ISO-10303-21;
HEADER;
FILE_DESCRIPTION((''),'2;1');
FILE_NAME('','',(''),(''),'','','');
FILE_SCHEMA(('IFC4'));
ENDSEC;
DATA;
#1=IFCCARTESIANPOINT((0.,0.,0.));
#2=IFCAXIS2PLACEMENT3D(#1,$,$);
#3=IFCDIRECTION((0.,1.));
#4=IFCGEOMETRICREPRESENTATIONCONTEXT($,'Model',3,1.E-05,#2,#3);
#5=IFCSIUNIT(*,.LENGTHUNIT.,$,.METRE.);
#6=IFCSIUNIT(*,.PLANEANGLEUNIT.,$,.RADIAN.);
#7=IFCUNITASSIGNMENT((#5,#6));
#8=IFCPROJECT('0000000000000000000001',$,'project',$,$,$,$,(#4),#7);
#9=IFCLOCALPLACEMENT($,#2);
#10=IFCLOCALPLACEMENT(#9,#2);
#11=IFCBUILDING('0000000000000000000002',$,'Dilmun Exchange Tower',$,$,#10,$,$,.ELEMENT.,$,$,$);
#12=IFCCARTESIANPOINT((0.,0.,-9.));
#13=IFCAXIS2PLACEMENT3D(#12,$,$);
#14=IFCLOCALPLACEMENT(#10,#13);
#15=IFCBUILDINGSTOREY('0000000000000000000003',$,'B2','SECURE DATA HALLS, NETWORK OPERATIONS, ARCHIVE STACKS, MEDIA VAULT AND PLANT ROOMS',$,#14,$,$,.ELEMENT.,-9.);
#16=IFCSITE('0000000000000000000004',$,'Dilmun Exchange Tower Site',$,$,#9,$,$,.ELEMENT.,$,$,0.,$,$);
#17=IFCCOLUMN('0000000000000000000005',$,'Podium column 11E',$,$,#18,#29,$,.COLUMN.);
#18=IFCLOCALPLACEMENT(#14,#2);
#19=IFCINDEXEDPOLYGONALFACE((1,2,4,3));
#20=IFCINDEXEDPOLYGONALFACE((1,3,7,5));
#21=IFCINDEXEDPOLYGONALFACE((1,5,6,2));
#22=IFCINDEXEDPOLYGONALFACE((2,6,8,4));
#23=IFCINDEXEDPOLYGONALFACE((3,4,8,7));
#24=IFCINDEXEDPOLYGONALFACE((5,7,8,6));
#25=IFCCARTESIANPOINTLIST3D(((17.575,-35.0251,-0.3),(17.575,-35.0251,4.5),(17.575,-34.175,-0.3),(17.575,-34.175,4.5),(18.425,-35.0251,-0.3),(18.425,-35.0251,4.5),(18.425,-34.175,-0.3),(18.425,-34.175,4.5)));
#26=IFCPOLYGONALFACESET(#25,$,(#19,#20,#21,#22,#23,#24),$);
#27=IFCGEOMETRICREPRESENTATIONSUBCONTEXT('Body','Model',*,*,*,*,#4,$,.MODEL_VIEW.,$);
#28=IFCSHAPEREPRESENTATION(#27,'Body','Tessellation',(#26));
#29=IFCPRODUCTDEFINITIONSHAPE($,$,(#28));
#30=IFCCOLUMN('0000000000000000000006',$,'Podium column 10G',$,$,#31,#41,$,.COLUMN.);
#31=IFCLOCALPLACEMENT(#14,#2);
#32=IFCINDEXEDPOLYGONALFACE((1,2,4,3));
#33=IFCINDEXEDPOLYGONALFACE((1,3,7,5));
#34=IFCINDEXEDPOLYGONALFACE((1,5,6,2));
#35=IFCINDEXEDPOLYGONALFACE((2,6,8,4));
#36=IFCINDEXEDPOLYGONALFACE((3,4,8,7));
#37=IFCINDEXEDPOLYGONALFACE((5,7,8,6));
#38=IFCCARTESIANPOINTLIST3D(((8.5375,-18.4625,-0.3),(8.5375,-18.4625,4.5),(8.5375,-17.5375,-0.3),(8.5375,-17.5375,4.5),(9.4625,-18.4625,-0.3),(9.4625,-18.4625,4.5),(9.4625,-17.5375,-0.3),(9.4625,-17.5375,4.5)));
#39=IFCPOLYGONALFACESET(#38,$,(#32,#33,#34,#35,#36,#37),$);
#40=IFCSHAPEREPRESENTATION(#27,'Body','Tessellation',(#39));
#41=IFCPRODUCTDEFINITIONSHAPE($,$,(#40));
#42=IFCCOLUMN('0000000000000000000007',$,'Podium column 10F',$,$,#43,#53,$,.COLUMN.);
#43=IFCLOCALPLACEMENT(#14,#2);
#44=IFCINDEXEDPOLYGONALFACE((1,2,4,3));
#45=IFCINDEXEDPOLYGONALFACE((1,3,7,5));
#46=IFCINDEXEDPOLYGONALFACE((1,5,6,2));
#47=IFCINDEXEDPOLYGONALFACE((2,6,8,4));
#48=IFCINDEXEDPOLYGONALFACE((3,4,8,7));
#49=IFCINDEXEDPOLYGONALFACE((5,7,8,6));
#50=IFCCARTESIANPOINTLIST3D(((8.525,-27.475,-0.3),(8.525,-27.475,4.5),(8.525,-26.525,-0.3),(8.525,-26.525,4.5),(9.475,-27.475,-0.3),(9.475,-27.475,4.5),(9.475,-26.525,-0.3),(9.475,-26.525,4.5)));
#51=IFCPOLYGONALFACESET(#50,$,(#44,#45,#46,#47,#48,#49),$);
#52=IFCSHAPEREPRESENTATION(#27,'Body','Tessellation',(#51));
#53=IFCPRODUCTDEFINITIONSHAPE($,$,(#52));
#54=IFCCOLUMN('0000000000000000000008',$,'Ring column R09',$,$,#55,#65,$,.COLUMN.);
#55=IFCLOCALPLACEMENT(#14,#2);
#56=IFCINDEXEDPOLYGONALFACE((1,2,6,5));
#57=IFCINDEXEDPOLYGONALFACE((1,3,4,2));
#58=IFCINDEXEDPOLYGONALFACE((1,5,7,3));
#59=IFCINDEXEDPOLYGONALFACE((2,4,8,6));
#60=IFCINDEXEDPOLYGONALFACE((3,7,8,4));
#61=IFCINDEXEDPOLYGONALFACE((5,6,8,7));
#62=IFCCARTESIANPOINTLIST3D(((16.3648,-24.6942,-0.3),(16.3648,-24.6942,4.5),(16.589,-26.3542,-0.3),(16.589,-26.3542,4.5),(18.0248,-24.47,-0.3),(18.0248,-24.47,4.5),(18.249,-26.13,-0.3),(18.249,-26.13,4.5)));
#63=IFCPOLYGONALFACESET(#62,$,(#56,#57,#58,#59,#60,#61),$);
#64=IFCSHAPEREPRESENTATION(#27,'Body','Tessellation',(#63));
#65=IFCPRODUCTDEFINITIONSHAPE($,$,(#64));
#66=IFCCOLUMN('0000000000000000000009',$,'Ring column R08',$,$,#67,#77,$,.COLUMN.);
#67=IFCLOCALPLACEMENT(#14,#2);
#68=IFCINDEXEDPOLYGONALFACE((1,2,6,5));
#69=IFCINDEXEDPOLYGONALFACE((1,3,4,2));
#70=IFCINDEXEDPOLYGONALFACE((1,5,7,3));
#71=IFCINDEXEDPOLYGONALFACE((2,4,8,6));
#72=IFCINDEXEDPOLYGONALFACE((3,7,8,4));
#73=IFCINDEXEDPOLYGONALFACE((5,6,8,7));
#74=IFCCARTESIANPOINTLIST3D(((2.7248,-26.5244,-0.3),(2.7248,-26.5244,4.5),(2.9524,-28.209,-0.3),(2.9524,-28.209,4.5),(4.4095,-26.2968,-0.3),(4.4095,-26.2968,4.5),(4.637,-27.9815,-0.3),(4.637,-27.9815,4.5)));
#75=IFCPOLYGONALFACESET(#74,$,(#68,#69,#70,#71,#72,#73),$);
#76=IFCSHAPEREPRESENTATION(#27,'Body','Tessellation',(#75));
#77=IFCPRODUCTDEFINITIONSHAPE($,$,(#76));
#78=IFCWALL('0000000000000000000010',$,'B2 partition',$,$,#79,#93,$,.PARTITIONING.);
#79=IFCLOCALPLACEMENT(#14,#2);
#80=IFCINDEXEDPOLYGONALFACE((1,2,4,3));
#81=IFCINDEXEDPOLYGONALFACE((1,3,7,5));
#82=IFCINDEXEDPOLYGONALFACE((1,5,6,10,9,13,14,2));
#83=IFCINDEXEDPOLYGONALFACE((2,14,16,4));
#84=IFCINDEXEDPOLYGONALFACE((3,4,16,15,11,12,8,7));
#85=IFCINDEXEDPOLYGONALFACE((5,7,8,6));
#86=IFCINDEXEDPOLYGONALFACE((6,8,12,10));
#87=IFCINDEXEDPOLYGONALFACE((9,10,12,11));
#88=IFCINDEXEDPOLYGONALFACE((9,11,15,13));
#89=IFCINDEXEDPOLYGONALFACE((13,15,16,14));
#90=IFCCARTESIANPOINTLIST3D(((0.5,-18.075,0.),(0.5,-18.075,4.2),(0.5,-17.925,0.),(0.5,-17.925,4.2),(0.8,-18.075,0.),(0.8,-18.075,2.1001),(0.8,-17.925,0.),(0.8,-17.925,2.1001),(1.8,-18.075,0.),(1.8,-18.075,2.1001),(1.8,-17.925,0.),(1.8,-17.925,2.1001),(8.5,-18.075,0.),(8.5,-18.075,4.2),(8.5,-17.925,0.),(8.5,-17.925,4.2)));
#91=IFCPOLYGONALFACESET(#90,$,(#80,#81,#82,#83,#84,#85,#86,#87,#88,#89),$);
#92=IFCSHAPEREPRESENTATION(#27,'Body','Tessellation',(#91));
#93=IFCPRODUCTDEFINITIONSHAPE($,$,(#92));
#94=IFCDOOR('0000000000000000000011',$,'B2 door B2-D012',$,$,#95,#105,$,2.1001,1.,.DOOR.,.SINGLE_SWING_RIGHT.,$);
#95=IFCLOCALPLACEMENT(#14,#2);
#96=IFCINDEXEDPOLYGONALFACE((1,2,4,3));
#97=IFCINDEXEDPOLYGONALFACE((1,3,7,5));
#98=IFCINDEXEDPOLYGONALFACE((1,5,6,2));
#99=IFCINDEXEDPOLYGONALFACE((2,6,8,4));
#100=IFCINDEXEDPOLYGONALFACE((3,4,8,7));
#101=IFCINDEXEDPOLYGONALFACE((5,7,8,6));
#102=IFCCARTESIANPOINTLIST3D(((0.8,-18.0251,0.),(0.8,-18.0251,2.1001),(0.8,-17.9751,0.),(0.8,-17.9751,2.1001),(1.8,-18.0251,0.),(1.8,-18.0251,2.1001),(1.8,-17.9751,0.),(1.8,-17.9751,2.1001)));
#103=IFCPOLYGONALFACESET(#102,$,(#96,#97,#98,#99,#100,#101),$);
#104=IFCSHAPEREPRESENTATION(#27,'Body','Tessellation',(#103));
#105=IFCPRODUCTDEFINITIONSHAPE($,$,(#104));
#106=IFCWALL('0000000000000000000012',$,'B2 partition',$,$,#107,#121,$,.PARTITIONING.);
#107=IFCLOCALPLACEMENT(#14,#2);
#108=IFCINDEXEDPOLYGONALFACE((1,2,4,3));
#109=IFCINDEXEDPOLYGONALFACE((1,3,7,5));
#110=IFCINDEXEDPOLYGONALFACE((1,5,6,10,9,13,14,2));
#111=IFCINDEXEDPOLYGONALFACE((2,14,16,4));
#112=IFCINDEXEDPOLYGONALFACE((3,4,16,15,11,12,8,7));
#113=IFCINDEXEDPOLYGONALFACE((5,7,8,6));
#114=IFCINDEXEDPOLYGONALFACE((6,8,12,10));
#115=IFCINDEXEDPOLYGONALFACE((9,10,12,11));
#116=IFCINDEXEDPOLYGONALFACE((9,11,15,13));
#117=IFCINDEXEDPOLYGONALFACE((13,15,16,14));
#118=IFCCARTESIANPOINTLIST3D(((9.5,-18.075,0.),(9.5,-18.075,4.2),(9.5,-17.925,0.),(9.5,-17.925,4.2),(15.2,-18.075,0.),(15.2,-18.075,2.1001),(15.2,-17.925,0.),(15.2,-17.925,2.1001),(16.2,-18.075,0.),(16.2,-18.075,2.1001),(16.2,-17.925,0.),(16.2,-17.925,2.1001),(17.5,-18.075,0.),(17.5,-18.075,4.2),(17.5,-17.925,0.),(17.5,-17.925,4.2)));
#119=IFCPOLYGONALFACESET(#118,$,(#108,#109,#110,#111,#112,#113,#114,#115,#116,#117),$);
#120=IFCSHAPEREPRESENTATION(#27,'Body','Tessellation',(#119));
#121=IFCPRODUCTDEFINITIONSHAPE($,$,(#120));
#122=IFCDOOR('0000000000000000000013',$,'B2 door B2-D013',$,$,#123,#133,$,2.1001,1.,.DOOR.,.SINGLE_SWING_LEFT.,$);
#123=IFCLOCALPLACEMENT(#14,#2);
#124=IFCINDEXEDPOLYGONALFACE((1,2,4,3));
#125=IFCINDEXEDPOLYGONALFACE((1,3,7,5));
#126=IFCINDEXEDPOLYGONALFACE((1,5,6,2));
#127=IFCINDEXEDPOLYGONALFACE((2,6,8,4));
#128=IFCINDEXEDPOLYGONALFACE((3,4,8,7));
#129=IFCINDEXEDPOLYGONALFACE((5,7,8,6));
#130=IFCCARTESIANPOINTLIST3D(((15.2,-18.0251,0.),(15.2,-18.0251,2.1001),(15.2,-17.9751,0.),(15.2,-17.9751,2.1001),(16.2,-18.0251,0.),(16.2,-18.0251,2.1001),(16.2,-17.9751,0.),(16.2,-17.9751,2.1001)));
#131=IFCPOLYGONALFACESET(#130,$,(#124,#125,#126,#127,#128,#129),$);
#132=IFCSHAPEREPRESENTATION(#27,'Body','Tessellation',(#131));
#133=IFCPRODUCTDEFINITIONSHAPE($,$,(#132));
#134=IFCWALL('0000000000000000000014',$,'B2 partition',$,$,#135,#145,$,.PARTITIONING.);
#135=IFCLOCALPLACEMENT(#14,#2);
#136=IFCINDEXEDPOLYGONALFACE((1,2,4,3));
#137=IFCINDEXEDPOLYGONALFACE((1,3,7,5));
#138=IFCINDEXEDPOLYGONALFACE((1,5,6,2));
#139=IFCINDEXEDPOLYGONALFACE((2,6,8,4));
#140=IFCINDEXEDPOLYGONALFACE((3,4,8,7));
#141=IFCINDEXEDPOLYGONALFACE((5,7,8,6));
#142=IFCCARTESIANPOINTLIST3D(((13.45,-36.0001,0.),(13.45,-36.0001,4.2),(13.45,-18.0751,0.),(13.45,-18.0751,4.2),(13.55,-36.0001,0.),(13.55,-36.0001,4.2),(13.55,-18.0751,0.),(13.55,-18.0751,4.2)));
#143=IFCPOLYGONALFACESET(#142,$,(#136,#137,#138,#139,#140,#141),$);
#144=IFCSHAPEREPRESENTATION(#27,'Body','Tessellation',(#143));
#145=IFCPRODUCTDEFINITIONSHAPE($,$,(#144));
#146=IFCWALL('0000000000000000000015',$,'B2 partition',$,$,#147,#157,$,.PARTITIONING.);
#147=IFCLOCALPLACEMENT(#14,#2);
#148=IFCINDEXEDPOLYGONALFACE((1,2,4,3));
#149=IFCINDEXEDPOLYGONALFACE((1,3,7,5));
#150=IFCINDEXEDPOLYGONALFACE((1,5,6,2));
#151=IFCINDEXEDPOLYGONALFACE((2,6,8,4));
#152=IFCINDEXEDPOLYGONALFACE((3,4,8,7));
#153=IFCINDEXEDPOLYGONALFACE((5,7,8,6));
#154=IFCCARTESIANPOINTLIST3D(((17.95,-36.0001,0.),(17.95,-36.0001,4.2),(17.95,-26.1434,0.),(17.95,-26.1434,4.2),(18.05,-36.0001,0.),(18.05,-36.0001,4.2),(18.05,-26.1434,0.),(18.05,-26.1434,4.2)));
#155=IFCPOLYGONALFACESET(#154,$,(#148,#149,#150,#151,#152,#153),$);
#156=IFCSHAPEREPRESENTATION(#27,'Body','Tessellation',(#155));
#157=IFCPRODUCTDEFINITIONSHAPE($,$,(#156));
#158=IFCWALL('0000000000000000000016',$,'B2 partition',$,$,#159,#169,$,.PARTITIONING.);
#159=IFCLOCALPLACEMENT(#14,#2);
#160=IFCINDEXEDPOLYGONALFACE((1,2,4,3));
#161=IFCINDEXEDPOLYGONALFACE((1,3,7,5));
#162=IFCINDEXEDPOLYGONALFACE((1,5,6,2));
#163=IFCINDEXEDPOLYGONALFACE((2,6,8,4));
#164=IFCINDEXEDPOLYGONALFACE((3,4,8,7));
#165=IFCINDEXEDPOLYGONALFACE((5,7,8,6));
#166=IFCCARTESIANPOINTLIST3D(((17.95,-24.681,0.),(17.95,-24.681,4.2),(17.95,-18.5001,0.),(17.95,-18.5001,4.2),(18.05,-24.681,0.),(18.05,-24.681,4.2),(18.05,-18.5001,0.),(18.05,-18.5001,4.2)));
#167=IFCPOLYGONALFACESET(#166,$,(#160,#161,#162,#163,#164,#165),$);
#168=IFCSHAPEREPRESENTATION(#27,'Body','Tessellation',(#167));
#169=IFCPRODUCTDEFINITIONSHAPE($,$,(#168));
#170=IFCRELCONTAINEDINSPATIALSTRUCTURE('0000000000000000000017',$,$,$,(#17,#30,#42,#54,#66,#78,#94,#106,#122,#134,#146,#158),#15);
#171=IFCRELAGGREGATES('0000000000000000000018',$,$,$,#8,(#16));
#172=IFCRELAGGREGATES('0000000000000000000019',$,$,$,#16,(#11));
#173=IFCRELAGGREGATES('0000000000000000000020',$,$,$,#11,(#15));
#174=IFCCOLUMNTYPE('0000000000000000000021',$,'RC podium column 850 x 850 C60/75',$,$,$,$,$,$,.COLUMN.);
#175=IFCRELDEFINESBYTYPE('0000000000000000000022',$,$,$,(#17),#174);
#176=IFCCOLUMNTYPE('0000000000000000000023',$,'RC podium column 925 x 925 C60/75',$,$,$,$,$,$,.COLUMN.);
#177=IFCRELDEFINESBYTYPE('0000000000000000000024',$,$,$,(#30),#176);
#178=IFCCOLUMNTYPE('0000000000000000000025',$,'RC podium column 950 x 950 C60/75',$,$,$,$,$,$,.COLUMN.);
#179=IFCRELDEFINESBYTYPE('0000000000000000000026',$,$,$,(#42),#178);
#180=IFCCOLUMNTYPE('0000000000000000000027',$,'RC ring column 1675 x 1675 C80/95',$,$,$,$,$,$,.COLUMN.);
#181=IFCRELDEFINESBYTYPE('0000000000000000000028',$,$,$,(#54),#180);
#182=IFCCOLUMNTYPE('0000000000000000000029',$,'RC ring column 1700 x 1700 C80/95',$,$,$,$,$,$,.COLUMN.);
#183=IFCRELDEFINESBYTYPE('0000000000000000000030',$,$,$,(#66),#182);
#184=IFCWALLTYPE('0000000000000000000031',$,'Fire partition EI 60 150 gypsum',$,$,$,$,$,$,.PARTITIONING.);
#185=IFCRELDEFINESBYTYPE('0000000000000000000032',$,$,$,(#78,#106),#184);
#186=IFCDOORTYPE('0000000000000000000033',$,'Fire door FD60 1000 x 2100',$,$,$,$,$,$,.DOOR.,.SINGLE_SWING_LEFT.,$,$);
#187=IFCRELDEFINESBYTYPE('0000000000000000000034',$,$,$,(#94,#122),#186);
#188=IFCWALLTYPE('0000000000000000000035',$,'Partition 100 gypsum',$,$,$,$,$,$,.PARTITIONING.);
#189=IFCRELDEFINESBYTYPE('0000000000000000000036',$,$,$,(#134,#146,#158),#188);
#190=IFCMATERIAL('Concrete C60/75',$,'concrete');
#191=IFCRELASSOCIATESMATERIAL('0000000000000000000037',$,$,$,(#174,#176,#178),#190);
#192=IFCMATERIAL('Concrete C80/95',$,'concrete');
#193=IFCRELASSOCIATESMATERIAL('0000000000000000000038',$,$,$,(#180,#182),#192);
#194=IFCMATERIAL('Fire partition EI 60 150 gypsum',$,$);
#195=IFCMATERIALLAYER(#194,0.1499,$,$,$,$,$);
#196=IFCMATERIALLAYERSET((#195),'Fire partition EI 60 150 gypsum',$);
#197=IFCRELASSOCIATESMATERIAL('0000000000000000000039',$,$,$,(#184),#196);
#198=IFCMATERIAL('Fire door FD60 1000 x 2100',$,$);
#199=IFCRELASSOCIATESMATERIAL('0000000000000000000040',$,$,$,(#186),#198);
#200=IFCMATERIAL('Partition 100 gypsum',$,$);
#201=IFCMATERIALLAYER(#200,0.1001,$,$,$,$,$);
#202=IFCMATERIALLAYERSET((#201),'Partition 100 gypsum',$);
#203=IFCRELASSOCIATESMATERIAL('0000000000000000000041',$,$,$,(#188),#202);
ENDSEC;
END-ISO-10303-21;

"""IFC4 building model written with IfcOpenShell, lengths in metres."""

from ifc_helpers import new_model, si_unit, direction, frame, frame_2d, origin, origin_2d, place, context, subcontext, project, spatial, rectangle, extrude, material, layer, layer_set, material_profile, profile_set, type_object, element, fill, save


model = new_model("IFC4")

# Units and contexts
model_context = context("Model", 3, precision=1e-05, world=origin(), true_north=direction((0.0, 1.0)))
body_context = subcontext(model_context, "Body", "Model", "MODEL_VIEW")
ifc_project = project(units=[si_unit("LENGTHUNIT", "METRE"), si_unit("PLANEANGLEUNIT", "RADIAN")], contexts=[model_context])

# Site, building, storey
site_placement = place(None, origin())
site = spatial("IfcSite", under=ifc_project, at=site_placement, Name="Dilmun Exchange Tower Site", CompositionType="ELEMENT", RefElevation=0.0)
building_placement = place(site_placement, origin())
building = spatial("IfcBuilding", under=site, at=building_placement, Name="Dilmun Exchange Tower", CompositionType="ELEMENT")
storey_placement = place(building_placement, frame((0.0, 0.0, -9.0)))
storey = spatial("IfcBuildingStorey", under=building, at=storey_placement, Name="B2", Description="SECURE DATA HALLS, NETWORK OPERATIONS, ARCHIVE STACKS, MEDIA VAULT AND PLANT ROOMS", CompositionType="ELEMENT", Elevation=-9.0)

# Columns
ifc_material_1 = material(Name="Concrete C60/75", Category="concrete")
ifc_material_profile_1 = material_profile(ifc_material_1, rectangle(XDim=0.8501, YDim=0.8501, at=origin_2d()), Name="850 x 850")
ifc_profile_set_1 = profile_set([ifc_material_profile_1], Name="Concrete C60/75")
column_type_1 = type_object("IfcColumnType", Name="RC podium column 850 x 850 C60/75", PredefinedType="COLUMN", material=ifc_profile_set_1)
column_1_placement = place(storey_placement, frame((18.0, -34.6001, -0.3), z_axis=(0.0, 0.0, 1.0), x_axis=(1.0, 0.0, 0.0)))
element("IfcColumn", 1, at=column_1_placement, inside=storey, type_object=column_type_1, Name="Podium column 11E", PredefinedType="COLUMN", context=body_context, shape_type="SweptSolid", body=[
    extrude(rectangle(XDim=0.8501, YDim=0.8501, at=origin_2d()), origin(), (0.0, 0.0, 1.0), 4.8),
])
ifc_material_profile_2 = material_profile(ifc_material_1, rectangle(XDim=0.925, YDim=0.925, at=origin_2d()), Name="925 x 925")
ifc_profile_set_2 = profile_set([ifc_material_profile_2], Name="Concrete C60/75")
column_type_2 = type_object("IfcColumnType", Name="RC podium column 925 x 925 C60/75", PredefinedType="COLUMN", material=ifc_profile_set_2)
column_2_placement = place(storey_placement, frame((9.0, -18.0, -0.3), z_axis=(0.0, 0.0, 1.0), x_axis=(1.0, 0.0, 0.0)))
element("IfcColumn", 2, at=column_2_placement, inside=storey, type_object=column_type_2, Name="Podium column 10G", PredefinedType="COLUMN", context=body_context, shape_type="SweptSolid", body=[
    extrude(rectangle(XDim=0.925, YDim=0.925, at=origin_2d()), origin(), (0.0, 0.0, 1.0), 4.8),
])
ifc_material_profile_3 = material_profile(ifc_material_1, rectangle(XDim=0.95, YDim=0.95, at=origin_2d()), Name="950 x 950")
ifc_profile_set_3 = profile_set([ifc_material_profile_3], Name="Concrete C60/75")
column_type_3 = type_object("IfcColumnType", Name="RC podium column 950 x 950 C60/75", PredefinedType="COLUMN", material=ifc_profile_set_3)
column_3_placement = place(storey_placement, frame((9.0, -27.0, -0.3), z_axis=(0.0, 0.0, 1.0), x_axis=(1.0, 0.0, 0.0)))
element("IfcColumn", 3, at=column_3_placement, inside=storey, type_object=column_type_3, Name="Podium column 10F", PredefinedType="COLUMN", context=body_context, shape_type="SweptSolid", body=[
    extrude(rectangle(XDim=0.95, YDim=0.95, at=origin_2d()), origin(), (0.0, 0.0, 1.0), 4.8),
])
ifc_material_2 = material(Name="Concrete C80/95", Category="concrete")
ifc_material_profile_4 = material_profile(ifc_material_2, rectangle(XDim=1.675, YDim=1.675, at=origin_2d()), Name="1675 x 1675")
ifc_profile_set_4 = profile_set([ifc_material_profile_4], Name="Concrete C80/95")
column_type_4 = type_object("IfcColumnType", Name="RC ring column 1675 x 1675 C80/95", PredefinedType="COLUMN", material=ifc_profile_set_4)
column_4_placement = place(storey_placement, frame((17.3069, -25.4121, -0.3), z_axis=(0.0, 0.0, 1.0), x_axis=(0.991001, 0.133853, 0.0)))
element("IfcColumn", 4, at=column_4_placement, inside=storey, type_object=column_type_4, Name="Ring column R09", PredefinedType="COLUMN", context=body_context, shape_type="SweptSolid", body=[
    extrude(rectangle(XDim=1.675, YDim=1.675, at=origin_2d()), origin(), (0.0, 0.0, 1.0), 4.8),
])
ifc_material_profile_5 = material_profile(ifc_material_2, rectangle(XDim=1.7, YDim=1.7, at=origin_2d()), Name="1700 x 1700")
ifc_profile_set_5 = profile_set([ifc_material_profile_5], Name="Concrete C80/95")
column_type_5 = type_object("IfcColumnType", Name="RC ring column 1700 x 1700 C80/95", PredefinedType="COLUMN", material=ifc_profile_set_5)
column_5_placement = place(storey_placement, frame((3.6809, -27.2529, -0.3), z_axis=(0.0, 0.0, 1.0), x_axis=(0.991001, 0.133853, 0.0)))
element("IfcColumn", 5, at=column_5_placement, inside=storey, type_object=column_type_5, Name="Ring column R08", PredefinedType="COLUMN", context=body_context, shape_type="SweptSolid", body=[
    extrude(rectangle(XDim=1.7, YDim=1.7, at=origin_2d()), origin(), (0.0, 0.0, 1.0), 4.8),
])

# Walls, openings, doors
ifc_material_3 = material(Name="Fire partition EI 60 150 gypsum")
ifc_layer_1 = layer(ifc_material_3, 0.1499)
ifc_layer_set_1 = layer_set([ifc_layer_1], Name="Fire partition EI 60 150 gypsum")
wall_type_1 = type_object("IfcWallType", Name="Fire partition EI 60 150 gypsum", PredefinedType="PARTITIONING", material=ifc_layer_set_1)
wall_1_placement = place(storey_placement, frame((0.5, -18.0, 0.0), z_axis=(0.0, 0.0, 1.0), x_axis=(1.0, 0.0, 0.0)))
wall_1 = element("IfcWall", 6, at=wall_1_placement, inside=storey, type_object=wall_type_1, Name="B2 partition", PredefinedType="PARTITIONING", context=body_context, shape_type="SweptSolid", body=[
    extrude(rectangle(XDim=8.0, YDim=0.1499, at=frame_2d((4.0, 0.0))), origin(), (0.0, 0.0, 1.0), 4.2),
])
opening_1_placement = place(wall_1_placement, frame((0.3, 0.0, 0.0)))
opening_1 = element("IfcOpeningElement", 7, at=opening_1_placement, cuts=wall_1, PredefinedType="OPENING", context=body_context, shape_type="SweptSolid", body=[
    extrude(rectangle(XDim=1.0, YDim=2.1001, at=frame_2d((0.5, 1.05))), frame((0.0, 0.085, 0.0), z_axis=(0.0, -1.0, 0.0), x_axis=(1.0, 0.0, 0.0)), (0.0, 0.0, 1.0), 0.1699),
])
ifc_material_4 = material(Name="Fire door FD60 1000 x 2100")
door_type = type_object("IfcDoorType", Name="Fire door FD60 1000 x 2100", OperationType="SINGLE_SWING_LEFT", PredefinedType="DOOR", material=ifc_material_4)
door_1_placement = place(opening_1_placement, origin())
door_1 = element("IfcDoor", 8, at=door_1_placement, inside=storey, type_object=door_type, Name="B2 door B2-D012", OperationType="SINGLE_SWING_RIGHT", OverallHeight=2.1001, OverallWidth=1.0, PredefinedType="DOOR", context=body_context, shape_type="SweptSolid", body=[
    extrude(rectangle(XDim=1.0, YDim=2.1001, at=frame_2d((0.5, 1.05))), frame((0.0, 0.0249, 0.0), z_axis=(0.0, -1.0, 0.0), x_axis=(1.0, 0.0, 0.0)), (0.0, 0.0, 1.0), 0.05),
])
fill(opening_1, door_1)
wall_2_placement = place(storey_placement, frame((9.5, -18.0, 0.0), z_axis=(0.0, 0.0, 1.0), x_axis=(1.0, 0.0, 0.0)))
wall_2 = element("IfcWall", 9, at=wall_2_placement, inside=storey, type_object=wall_type_1, Name="B2 partition", PredefinedType="PARTITIONING", context=body_context, shape_type="SweptSolid", body=[
    extrude(rectangle(XDim=8.0, YDim=0.1499, at=frame_2d((4.0, 0.0))), origin(), (0.0, 0.0, 1.0), 4.2),
])
opening_2_placement = place(wall_2_placement, frame((5.7, 0.0, 0.0)))
opening_2 = element("IfcOpeningElement", 10, at=opening_2_placement, cuts=wall_2, PredefinedType="OPENING", context=body_context, shape_type="SweptSolid", body=[
    extrude(rectangle(XDim=1.0, YDim=2.1001, at=frame_2d((0.5, 1.05))), frame((0.0, 0.085, 0.0), z_axis=(0.0, -1.0, 0.0), x_axis=(1.0, 0.0, 0.0)), (0.0, 0.0, 1.0), 0.1699),
])
door_2_placement = place(opening_2_placement, origin())
door_2 = element("IfcDoor", 11, at=door_2_placement, inside=storey, type_object=door_type, Name="B2 door B2-D013", OperationType="SINGLE_SWING_LEFT", OverallHeight=2.1001, OverallWidth=1.0, PredefinedType="DOOR", context=body_context, shape_type="SweptSolid", body=[
    extrude(rectangle(XDim=1.0, YDim=2.1001, at=frame_2d((0.5, 1.05))), frame((0.0, 0.0249, 0.0), z_axis=(0.0, -1.0, 0.0), x_axis=(1.0, 0.0, 0.0)), (0.0, 0.0, 1.0), 0.05),
])
fill(opening_2, door_2)

# Walls
ifc_material_5 = material(Name="Partition 100 gypsum")
ifc_layer_2 = layer(ifc_material_5, 0.1001)
ifc_layer_set_2 = layer_set([ifc_layer_2], Name="Partition 100 gypsum")
wall_type_2 = type_object("IfcWallType", Name="Partition 100 gypsum", PredefinedType="PARTITIONING", material=ifc_layer_set_2)
wall_3_placement = place(storey_placement, frame((13.5, -36.0, 0.0), z_axis=(0.0, 0.0, 1.0), x_axis=(0.0, 1.0, 0.0)))
element("IfcWall", 12, at=wall_3_placement, inside=storey, type_object=wall_type_2, Name="B2 partition", PredefinedType="PARTITIONING", context=body_context, shape_type="SweptSolid", body=[
    extrude(rectangle(XDim=17.925, YDim=0.1001, at=frame_2d((8.9624, 0.0))), origin(), (0.0, 0.0, 1.0), 4.2),
])
wall_4_placement = place(storey_placement, frame((18.0, -36.0, 0.0), z_axis=(0.0, 0.0, 1.0), x_axis=(0.0, 1.0, 0.0)))
element("IfcWall", 13, at=wall_4_placement, inside=storey, type_object=wall_type_2, Name="B2 partition", PredefinedType="PARTITIONING", context=body_context, shape_type="SweptSolid", body=[
    extrude(rectangle(XDim=9.8567, YDim=0.1001, at=frame_2d((4.9282, 0.0))), origin(), (0.0, 0.0, 1.0), 4.2),
])
wall_5_placement = place(storey_placement, frame((18.0, -24.6809, 0.0), z_axis=(0.0, 0.0, 1.0), x_axis=(0.0, 1.0, 0.0)))
element("IfcWall", 14, at=wall_5_placement, inside=storey, type_object=wall_type_2, Name="B2 partition", PredefinedType="PARTITIONING", context=body_context, shape_type="SweptSolid", body=[
    extrude(rectangle(XDim=6.1809, YDim=0.1001, at=frame_2d((3.0903, 0.0))), origin(), (0.0, 0.0, 1.0), 4.2),
])

save(model, "model.ifc")
